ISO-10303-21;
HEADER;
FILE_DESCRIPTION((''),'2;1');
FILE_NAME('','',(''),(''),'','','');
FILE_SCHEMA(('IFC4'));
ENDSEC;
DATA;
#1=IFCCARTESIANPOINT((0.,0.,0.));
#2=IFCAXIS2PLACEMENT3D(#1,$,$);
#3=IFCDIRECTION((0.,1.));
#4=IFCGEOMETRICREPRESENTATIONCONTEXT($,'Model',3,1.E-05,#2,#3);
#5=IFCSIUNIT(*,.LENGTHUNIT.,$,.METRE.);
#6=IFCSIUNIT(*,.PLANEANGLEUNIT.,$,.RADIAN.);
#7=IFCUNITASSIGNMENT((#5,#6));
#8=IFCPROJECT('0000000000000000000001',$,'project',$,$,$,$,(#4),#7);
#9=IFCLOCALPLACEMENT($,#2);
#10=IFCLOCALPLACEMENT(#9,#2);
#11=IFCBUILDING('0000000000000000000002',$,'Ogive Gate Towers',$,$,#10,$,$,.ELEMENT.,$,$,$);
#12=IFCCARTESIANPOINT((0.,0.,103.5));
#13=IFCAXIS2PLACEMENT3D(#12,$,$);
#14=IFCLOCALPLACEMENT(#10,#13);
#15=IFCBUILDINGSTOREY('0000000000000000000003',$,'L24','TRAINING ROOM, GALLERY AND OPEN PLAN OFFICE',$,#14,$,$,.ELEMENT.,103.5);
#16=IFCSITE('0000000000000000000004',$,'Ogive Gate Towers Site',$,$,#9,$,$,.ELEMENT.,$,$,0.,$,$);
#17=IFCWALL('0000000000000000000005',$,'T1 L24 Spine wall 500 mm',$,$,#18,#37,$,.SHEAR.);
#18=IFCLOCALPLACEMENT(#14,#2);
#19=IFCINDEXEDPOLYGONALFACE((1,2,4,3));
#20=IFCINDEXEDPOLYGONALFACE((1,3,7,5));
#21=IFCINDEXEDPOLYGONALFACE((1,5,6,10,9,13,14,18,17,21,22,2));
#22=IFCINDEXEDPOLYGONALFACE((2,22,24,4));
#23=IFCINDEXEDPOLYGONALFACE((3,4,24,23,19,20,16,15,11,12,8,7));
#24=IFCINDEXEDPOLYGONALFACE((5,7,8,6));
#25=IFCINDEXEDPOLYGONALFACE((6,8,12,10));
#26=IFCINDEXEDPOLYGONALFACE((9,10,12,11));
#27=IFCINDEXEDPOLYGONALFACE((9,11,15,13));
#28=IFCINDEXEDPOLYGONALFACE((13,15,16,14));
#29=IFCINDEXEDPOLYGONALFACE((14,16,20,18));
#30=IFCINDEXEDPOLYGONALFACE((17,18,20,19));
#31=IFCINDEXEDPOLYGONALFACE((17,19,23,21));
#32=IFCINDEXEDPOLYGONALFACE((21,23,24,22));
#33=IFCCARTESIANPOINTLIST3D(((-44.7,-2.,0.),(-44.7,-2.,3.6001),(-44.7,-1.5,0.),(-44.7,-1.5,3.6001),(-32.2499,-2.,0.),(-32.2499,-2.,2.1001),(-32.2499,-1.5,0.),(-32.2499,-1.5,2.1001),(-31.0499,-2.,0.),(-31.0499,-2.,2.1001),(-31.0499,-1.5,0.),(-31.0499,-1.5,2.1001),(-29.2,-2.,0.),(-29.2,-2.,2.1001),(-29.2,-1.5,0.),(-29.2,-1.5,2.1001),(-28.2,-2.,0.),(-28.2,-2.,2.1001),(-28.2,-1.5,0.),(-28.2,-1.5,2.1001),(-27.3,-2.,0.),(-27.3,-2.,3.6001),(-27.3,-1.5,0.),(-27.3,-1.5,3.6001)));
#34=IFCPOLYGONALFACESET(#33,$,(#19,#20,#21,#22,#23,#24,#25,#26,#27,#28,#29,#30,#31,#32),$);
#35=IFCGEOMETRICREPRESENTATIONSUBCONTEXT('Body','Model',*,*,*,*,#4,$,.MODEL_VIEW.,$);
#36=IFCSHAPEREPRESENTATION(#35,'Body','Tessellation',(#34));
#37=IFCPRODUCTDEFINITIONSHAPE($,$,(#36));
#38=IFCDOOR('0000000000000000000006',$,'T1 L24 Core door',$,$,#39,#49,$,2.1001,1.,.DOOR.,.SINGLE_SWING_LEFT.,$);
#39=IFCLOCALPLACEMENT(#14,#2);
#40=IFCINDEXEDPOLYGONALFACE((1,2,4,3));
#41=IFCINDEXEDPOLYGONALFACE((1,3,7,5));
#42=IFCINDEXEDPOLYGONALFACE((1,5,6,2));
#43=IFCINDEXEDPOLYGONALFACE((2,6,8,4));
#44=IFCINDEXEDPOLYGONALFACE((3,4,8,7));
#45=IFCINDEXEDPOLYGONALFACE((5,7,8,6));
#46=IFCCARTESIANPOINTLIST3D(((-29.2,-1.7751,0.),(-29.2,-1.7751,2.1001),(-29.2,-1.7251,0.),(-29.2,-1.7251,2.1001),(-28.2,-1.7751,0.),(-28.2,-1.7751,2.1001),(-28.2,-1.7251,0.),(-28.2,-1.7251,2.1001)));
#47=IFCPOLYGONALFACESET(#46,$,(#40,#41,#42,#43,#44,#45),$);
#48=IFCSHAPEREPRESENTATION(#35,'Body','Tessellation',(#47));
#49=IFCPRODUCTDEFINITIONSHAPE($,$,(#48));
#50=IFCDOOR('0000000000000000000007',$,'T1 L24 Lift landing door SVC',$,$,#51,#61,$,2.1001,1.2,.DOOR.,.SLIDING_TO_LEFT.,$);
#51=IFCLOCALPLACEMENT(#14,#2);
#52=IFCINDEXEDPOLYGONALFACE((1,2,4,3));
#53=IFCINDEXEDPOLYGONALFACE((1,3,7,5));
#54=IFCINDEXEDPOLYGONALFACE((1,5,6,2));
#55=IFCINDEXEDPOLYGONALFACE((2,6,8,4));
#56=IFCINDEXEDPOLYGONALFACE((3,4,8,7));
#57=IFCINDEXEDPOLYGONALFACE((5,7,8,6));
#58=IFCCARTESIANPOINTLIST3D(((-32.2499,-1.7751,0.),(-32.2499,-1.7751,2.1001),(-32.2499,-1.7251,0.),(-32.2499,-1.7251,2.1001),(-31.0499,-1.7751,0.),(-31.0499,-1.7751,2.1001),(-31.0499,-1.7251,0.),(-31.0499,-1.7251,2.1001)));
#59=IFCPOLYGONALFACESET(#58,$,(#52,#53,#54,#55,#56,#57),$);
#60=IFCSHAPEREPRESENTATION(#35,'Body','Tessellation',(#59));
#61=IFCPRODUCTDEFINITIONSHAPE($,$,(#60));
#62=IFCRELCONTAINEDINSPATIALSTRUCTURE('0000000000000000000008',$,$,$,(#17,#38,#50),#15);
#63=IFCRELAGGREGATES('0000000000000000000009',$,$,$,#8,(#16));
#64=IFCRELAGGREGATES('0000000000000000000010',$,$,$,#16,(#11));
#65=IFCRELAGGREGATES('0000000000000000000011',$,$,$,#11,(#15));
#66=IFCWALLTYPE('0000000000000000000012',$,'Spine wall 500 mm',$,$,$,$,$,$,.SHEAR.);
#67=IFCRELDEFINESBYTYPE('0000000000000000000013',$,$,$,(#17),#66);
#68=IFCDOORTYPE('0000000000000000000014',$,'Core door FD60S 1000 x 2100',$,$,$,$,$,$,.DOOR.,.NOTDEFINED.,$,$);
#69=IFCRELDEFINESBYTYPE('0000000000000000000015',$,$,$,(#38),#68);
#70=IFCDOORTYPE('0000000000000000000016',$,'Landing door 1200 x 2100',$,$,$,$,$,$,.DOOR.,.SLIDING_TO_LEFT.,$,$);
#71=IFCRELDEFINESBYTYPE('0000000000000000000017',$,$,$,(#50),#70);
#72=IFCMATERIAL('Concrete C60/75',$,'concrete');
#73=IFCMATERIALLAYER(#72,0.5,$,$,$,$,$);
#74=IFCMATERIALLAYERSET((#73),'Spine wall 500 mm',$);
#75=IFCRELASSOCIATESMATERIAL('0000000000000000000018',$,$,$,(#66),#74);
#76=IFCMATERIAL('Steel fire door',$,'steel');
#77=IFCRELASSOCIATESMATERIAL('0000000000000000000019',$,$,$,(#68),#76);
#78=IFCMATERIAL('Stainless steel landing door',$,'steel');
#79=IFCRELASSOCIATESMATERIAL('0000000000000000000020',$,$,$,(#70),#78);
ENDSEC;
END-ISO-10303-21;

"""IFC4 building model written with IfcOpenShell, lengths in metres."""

from ifc_helpers import new_model, si_unit, direction, frame, frame_2d, origin, place, context, subcontext, project, spatial, rectangle, extrude, material, layer, layer_set, type_object, element, fill, save


model = new_model("IFC4")

# Units and contexts
model_context = context("Model", 3, precision=1e-05, world=origin(), true_north=direction((0.0, 1.0)))
body_context = subcontext(model_context, "Body", "Model", "MODEL_VIEW")
ifc_project = project(units=[si_unit("LENGTHUNIT", "METRE"), si_unit("PLANEANGLEUNIT", "RADIAN")], contexts=[model_context])

# Site, building, storey
site_placement = place(None, origin())
site = spatial("IfcSite", under=ifc_project, at=site_placement, Name="Ogive Gate Towers Site", CompositionType="ELEMENT", RefElevation=0.0)
building_placement = place(site_placement, origin())
building = spatial("IfcBuilding", under=site, at=building_placement, Name="Ogive Gate Towers", CompositionType="ELEMENT")
storey_placement = place(building_placement, frame((0.0, 0.0, 103.5)))
storey = spatial("IfcBuildingStorey", under=building, at=storey_placement, Name="L24", Description="TRAINING ROOM, GALLERY AND OPEN PLAN OFFICE", CompositionType="ELEMENT", Elevation=103.5)

# Shared definitions
ifc_material_1 = material(Name="Concrete C60/75", Category="concrete")

# Shared definitions
ifc_material_2 = material(Name="Steel fire door", Category="steel")

# Wall, openings, doors
ifc_layer_1 = layer(ifc_material_1, 0.5)
ifc_layer_set_1 = layer_set([ifc_layer_1], Name="Spine wall 500 mm")
wall_type_1 = type_object("IfcWallType", Name="Spine wall 500 mm", PredefinedType="SHEAR", material=ifc_layer_set_1)
wall_1_placement = place(storey_placement, frame((-44.7, -1.75, 0.0), z_axis=(0.0, 0.0, 1.0), x_axis=(1.0, 0.0, 0.0)))
wall_1 = element("IfcWall", 1, at=wall_1_placement, inside=storey, type_object=wall_type_1, Name="T1 L24 Spine wall 500 mm", PredefinedType="SHEAR", context=body_context, shape_type="SweptSolid", body=[
    extrude(rectangle(XDim=17.3999, YDim=0.5, at=frame_2d((8.7, 0.0))), origin(), (0.0, 0.0, 1.0), 3.6001),
])
opening_1_placement = place(wall_1_placement, frame((12.45, 0.0, 0.0)))
opening_1 = element("IfcOpeningElement", 2, at=opening_1_placement, cuts=wall_1, PredefinedType="OPENING", context=body_context, shape_type="SweptSolid", body=[
    extrude(rectangle(XDim=1.2, YDim=2.1001, at=frame_2d((0.6001, 1.05))), frame((0.0, 0.26, 0.0), z_axis=(0.0, -1.0, 0.0), x_axis=(1.0, 0.0, 0.0)), (0.0, 0.0, 1.0), 0.52),
])
opening_2_placement = place(wall_1_placement, frame((15.5, 0.0, 0.0)))
opening_2 = element("IfcOpeningElement", 3, at=opening_2_placement, cuts=wall_1, PredefinedType="OPENING", context=body_context, shape_type="SweptSolid", body=[
    extrude(rectangle(XDim=1.0, YDim=2.1001, at=frame_2d((0.5, 1.05))), frame((0.0, 0.26, 0.0), z_axis=(0.0, -1.0, 0.0), x_axis=(1.0, 0.0, 0.0)), (0.0, 0.0, 1.0), 0.52),
])
door_type_1 = type_object("IfcDoorType", Name="Core door FD60S 1000 x 2100", OperationType="NOTDEFINED", PredefinedType="DOOR", material=ifc_material_2)
door_1_placement = place(opening_2_placement, origin())
door_1 = element("IfcDoor", 4, at=door_1_placement, inside=storey, type_object=door_type_1, Name="T1 L24 Core door", OperationType="SINGLE_SWING_LEFT", OverallHeight=2.1001, OverallWidth=1.0, PredefinedType="DOOR", context=body_context, shape_type="SweptSolid", body=[
    extrude(rectangle(XDim=1.0, YDim=2.1001, at=frame_2d((0.5, 1.05))), frame((0.0, 0.0249, 0.0), z_axis=(0.0, -1.0, 0.0), x_axis=(1.0, 0.0, 0.0)), (0.0, 0.0, 1.0), 0.05),
])
fill(opening_2, door_1)
ifc_material_3 = material(Name="Stainless steel landing door", Category="steel")
door_type_2 = type_object("IfcDoorType", Name="Landing door 1200 x 2100", OperationType="SLIDING_TO_LEFT", PredefinedType="DOOR", material=ifc_material_3)
door_2_placement = place(opening_1_placement, origin())
door_2 = element("IfcDoor", 5, at=door_2_placement, inside=storey, type_object=door_type_2, Name="T1 L24 Lift landing door SVC", OperationType="SLIDING_TO_LEFT", OverallHeight=2.1001, OverallWidth=1.2, PredefinedType="DOOR", context=body_context, shape_type="SweptSolid", body=[
    extrude(rectangle(XDim=1.2, YDim=2.1001, at=frame_2d((0.6001, 1.05))), frame((0.0, 0.0249, 0.0), z_axis=(0.0, -1.0, 0.0), x_axis=(1.0, 0.0, 0.0)), (0.0, 0.0, 1.0), 0.05),
])
fill(opening_1, door_2)

save(model, "model.ifc")
